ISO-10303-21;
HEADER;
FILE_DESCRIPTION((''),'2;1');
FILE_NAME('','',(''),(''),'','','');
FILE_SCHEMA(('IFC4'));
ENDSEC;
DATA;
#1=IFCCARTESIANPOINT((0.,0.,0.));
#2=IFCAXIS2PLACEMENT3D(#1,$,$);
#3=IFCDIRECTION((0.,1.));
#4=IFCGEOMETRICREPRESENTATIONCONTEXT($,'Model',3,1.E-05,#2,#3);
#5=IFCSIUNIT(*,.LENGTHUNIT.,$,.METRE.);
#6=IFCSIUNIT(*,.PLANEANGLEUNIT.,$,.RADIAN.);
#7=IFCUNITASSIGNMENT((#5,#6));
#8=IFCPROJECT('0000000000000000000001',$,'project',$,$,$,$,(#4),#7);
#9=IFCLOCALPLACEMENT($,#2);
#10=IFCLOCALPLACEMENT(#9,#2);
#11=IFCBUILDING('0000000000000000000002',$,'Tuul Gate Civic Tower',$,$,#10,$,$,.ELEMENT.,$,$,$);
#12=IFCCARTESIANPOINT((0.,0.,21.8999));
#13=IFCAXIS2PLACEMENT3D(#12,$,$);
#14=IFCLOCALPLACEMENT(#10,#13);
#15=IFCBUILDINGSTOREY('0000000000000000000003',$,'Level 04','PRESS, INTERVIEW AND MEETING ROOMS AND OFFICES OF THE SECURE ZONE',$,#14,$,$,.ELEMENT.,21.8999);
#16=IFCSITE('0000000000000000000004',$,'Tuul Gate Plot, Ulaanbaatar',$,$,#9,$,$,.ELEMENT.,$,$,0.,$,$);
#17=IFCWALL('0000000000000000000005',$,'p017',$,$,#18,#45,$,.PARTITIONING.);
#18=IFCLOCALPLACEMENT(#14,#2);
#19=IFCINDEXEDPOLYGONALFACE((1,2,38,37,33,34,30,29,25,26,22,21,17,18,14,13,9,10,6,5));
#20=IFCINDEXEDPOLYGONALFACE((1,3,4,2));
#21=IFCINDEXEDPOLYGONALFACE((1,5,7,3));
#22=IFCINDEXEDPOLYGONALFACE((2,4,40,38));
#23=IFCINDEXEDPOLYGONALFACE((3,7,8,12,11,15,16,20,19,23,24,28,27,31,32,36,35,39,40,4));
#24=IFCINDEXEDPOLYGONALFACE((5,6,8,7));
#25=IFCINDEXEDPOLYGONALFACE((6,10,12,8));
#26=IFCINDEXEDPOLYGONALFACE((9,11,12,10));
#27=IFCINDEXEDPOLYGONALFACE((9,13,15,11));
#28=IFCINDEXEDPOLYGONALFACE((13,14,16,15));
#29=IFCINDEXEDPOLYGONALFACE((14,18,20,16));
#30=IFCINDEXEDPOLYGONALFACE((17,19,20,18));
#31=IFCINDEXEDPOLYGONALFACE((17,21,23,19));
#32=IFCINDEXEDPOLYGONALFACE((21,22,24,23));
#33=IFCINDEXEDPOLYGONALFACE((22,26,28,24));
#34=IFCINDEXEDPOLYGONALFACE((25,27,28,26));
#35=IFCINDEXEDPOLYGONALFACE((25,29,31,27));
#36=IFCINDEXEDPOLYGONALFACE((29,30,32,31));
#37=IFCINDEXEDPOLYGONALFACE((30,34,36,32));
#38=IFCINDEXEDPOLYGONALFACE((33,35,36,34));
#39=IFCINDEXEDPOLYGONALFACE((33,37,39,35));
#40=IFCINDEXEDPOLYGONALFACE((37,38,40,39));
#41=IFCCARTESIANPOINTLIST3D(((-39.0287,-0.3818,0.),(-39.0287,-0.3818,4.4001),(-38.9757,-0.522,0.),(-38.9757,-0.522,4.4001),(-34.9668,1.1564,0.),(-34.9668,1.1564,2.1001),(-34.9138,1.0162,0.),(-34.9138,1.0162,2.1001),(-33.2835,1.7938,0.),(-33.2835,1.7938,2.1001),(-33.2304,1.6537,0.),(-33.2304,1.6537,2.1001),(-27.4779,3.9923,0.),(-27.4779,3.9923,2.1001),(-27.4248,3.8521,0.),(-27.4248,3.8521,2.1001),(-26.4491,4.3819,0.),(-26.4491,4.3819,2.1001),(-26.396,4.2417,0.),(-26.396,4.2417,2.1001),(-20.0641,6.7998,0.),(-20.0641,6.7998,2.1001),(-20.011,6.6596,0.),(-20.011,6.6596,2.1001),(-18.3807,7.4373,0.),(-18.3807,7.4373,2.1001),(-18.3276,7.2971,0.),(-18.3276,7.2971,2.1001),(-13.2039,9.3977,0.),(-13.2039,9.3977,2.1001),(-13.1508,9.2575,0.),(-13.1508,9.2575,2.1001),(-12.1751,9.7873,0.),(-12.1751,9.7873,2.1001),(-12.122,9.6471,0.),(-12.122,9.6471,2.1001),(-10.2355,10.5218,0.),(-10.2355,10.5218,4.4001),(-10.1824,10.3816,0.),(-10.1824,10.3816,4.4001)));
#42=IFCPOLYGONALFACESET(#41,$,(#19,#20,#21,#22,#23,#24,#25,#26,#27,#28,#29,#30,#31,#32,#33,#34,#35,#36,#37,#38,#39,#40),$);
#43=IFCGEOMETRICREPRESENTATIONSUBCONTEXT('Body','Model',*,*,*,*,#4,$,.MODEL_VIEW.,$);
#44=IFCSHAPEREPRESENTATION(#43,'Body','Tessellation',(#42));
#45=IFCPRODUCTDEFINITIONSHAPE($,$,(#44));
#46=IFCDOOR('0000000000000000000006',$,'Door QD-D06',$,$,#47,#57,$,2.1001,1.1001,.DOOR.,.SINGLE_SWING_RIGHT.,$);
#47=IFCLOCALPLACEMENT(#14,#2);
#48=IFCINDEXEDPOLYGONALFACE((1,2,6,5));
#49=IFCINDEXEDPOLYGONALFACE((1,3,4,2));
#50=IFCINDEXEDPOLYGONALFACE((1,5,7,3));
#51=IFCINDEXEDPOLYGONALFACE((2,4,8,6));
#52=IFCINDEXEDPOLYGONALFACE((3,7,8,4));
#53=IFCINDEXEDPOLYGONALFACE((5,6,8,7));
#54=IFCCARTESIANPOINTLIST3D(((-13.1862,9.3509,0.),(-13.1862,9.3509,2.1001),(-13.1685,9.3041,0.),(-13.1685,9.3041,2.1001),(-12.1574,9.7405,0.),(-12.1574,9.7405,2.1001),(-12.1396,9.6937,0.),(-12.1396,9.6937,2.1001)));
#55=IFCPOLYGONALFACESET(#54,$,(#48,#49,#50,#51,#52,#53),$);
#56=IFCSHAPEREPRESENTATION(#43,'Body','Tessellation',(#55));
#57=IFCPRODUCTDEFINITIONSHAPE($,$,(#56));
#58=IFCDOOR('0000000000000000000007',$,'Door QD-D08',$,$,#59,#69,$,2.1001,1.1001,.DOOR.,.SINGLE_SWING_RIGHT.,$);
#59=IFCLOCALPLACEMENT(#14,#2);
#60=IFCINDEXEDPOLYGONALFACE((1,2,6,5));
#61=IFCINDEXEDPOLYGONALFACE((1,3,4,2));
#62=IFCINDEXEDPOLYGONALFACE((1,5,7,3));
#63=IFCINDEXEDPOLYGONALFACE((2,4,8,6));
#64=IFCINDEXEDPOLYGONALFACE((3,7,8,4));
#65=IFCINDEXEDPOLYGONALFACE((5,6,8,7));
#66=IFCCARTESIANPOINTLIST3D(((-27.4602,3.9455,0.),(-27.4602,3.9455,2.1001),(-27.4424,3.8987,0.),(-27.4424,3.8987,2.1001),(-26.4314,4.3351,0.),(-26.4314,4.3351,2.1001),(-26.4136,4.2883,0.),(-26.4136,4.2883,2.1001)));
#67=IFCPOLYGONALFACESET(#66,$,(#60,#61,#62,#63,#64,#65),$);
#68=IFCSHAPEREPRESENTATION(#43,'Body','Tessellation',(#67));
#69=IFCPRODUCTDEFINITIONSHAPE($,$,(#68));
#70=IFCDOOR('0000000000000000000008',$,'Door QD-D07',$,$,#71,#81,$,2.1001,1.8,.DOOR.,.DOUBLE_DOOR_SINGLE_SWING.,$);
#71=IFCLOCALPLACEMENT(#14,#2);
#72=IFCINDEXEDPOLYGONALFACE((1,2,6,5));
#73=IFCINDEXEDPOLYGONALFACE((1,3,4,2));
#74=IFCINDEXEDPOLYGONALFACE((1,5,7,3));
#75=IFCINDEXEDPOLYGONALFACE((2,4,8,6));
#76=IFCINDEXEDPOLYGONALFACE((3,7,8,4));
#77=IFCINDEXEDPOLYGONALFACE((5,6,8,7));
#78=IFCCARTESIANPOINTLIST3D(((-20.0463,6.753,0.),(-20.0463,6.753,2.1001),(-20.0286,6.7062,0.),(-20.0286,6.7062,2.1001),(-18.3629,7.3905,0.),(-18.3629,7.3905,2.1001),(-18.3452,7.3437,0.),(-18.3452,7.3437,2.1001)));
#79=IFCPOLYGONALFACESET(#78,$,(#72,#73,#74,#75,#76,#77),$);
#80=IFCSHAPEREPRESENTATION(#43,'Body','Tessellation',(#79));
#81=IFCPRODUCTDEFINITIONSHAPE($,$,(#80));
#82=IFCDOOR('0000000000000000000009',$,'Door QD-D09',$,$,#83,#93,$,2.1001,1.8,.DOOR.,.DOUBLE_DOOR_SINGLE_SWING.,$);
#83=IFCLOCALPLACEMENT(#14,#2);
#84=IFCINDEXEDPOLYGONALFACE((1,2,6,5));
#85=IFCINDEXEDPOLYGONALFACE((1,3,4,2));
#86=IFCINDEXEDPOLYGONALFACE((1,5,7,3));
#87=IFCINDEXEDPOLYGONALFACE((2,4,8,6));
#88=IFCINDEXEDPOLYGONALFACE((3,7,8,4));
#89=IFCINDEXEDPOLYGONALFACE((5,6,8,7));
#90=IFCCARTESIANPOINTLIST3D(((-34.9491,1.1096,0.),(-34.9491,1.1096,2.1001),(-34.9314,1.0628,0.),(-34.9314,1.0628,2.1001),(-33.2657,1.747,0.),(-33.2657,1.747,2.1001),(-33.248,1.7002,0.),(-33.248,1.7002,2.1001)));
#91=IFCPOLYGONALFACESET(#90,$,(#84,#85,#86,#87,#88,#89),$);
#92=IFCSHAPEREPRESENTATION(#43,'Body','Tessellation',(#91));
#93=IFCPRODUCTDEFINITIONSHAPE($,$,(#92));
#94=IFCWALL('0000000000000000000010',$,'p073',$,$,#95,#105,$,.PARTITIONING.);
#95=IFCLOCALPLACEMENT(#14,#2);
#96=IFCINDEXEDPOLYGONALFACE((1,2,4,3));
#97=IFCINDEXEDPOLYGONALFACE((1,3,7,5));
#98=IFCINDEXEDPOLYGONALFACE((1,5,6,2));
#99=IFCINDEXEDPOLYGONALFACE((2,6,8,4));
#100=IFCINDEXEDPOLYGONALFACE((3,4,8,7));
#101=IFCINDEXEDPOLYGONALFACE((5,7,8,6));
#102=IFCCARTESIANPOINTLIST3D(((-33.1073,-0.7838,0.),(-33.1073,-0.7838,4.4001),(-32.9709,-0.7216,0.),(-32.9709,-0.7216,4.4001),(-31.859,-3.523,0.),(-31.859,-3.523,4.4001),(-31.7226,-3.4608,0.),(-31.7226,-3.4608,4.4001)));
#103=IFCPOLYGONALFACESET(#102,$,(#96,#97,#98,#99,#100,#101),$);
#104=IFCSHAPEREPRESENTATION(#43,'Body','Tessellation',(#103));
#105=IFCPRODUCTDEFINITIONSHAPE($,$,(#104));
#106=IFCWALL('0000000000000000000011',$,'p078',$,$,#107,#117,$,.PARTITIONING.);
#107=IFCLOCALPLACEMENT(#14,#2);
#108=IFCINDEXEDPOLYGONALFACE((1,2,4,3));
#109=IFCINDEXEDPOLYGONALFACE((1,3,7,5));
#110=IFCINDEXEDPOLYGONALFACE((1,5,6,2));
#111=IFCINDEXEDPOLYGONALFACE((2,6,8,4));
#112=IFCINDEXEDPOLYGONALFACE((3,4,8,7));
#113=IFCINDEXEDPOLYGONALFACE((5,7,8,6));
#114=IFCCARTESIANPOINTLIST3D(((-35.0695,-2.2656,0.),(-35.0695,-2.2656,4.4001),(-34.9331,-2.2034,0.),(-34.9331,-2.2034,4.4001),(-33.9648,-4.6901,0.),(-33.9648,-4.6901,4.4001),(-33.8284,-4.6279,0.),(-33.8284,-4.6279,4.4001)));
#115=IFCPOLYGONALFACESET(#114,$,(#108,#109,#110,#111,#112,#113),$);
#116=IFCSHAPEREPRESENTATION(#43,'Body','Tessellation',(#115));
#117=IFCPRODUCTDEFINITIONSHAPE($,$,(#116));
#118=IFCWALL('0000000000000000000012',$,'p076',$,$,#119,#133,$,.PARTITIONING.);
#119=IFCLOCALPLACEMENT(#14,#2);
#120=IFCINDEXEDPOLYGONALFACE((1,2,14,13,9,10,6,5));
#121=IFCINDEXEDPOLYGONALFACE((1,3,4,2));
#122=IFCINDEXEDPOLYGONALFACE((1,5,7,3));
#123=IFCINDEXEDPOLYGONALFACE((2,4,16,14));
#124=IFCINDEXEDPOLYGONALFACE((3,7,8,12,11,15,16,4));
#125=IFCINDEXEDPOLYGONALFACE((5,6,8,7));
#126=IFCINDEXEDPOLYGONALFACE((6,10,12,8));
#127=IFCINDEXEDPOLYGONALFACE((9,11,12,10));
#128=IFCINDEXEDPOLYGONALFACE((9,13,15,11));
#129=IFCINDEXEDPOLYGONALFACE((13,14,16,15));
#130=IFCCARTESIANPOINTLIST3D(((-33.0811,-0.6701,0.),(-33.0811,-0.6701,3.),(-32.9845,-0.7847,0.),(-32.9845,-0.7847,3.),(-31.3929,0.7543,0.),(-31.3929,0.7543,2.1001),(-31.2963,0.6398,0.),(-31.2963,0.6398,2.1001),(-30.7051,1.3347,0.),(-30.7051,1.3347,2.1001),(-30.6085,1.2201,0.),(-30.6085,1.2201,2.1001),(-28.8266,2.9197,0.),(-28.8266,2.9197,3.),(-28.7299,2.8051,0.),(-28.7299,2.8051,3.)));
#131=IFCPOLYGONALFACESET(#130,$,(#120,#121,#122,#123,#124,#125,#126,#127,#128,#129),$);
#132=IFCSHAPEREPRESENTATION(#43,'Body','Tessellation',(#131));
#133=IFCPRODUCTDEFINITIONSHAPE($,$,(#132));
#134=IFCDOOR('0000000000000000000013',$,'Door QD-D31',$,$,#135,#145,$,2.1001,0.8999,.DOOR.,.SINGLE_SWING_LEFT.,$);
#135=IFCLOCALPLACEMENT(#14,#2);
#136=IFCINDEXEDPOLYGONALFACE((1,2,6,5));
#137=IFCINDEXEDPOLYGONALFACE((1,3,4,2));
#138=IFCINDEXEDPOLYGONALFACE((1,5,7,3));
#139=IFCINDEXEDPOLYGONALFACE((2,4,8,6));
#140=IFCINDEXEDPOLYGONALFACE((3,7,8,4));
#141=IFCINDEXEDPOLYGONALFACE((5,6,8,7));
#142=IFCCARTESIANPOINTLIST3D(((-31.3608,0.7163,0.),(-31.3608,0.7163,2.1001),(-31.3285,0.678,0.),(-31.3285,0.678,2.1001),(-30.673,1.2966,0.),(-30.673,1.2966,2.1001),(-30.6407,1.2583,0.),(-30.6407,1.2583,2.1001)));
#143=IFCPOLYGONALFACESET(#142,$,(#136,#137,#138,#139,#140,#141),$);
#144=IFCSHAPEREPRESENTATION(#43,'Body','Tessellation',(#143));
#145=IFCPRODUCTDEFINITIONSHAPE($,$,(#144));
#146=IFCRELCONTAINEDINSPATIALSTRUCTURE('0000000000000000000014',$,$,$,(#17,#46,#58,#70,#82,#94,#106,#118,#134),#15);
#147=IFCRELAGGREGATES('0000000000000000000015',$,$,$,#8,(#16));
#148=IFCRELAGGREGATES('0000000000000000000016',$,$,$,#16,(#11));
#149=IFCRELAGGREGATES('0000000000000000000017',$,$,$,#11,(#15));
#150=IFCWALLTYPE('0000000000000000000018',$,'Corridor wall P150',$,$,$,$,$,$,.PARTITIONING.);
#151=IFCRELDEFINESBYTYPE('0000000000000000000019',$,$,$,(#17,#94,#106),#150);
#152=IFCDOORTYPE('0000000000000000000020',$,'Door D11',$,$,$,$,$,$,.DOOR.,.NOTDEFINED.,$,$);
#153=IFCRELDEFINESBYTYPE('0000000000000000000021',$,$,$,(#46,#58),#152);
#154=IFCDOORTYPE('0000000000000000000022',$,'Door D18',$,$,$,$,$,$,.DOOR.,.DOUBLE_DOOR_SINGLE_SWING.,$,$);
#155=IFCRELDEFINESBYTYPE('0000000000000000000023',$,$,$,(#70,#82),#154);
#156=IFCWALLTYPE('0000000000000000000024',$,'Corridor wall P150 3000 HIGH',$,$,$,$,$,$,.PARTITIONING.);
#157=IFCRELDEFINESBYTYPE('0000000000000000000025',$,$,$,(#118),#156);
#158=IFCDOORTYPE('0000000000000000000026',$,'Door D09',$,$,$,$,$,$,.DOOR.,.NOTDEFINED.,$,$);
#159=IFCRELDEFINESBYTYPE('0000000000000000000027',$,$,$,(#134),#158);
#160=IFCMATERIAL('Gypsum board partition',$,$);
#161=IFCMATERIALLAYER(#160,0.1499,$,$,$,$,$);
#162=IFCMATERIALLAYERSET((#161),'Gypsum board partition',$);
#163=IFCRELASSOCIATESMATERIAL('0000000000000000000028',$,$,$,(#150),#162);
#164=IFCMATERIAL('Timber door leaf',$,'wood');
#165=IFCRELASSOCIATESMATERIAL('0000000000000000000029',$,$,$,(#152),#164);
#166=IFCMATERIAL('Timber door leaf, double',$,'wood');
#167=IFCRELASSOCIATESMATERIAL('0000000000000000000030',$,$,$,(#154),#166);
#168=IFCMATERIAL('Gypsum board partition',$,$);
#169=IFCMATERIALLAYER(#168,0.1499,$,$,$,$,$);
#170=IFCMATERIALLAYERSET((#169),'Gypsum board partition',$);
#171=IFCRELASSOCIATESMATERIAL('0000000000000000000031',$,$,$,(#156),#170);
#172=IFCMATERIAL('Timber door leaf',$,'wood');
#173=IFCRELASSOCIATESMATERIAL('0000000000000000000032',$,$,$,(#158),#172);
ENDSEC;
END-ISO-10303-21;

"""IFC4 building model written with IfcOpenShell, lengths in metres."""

from ifc_helpers import new_model, si_unit, direction, frame, frame_2d, origin, place, context, subcontext, project, spatial, rectangle, extrude, material, layer, layer_set, type_object, element, fill, save


model = new_model("IFC4")

# Units and contexts
model_context = context("Model", 3, precision=1e-05, world=origin(), true_north=direction((0.0, 1.0)))
body_context = subcontext(model_context, "Body", "Model", "MODEL_VIEW")
ifc_project = project(units=[si_unit("LENGTHUNIT", "METRE"), si_unit("PLANEANGLEUNIT", "RADIAN")], contexts=[model_context])

# Site, building, storey
site_placement = place(None, origin())
site = spatial("IfcSite", under=ifc_project, at=site_placement, Name="Tuul Gate Plot, Ulaanbaatar", CompositionType="ELEMENT", RefElevation=0.0)
building_placement = place(site_placement, origin())
building = spatial("IfcBuilding", under=site, at=building_placement, Name="Tuul Gate Civic Tower", CompositionType="ELEMENT")
storey_placement = place(building_placement, frame((0.0, 0.0, 21.8999)))
storey = spatial("IfcBuildingStorey", under=building, at=storey_placement, Name="Level 04", Description="PRESS, INTERVIEW AND MEETING ROOMS AND OFFICES OF THE SECURE ZONE", CompositionType="ELEMENT", Elevation=21.8999)

# Wall, openings, doors
ifc_material_1 = material(Name="Gypsum board partition")
ifc_layer_1 = layer(ifc_material_1, 0.1499)
ifc_layer_set_1 = layer_set([ifc_layer_1], Name="Gypsum board partition")
wall_type_1 = type_object("IfcWallType", Name="Corridor wall P150", PredefinedType="PARTITIONING", material=ifc_layer_set_1)
wall_1_placement = place(storey_placement, frame((-39.0022, -0.4519, 0.0), z_axis=(0.0, 0.0, 1.0), x_axis=(0.935191, 0.354143, 0.0)))
wall_1 = element("IfcWall", 1, at=wall_1_placement, inside=storey, type_object=wall_type_1, Name="p017", PredefinedType="PARTITIONING", context=body_context, shape_type="SweptSolid", body=[
    extrude(rectangle(XDim=30.7886, YDim=0.1499, at=frame_2d((15.3943, 0.0))), origin(), (0.0, 0.0, 1.0), 4.4001),
])
opening_1_placement = place(wall_1_placement, frame((27.6145, 0.0, 0.0)))
opening_1 = element("IfcOpeningElement", 2, at=opening_1_placement, cuts=wall_1, PredefinedType="OPENING", context=body_context, shape_type="SweptSolid", body=[
    extrude(rectangle(XDim=1.1001, YDim=2.1001, at=frame_2d((0.55, 1.05))), frame((0.0, 0.085, 0.0), z_axis=(0.0, -1.0, 0.0), x_axis=(1.0, 0.0, 0.0)), (0.0, 0.0, 1.0), 0.1699),
])
opening_2_placement = place(wall_1_placement, frame((20.2791, 0.0, 0.0)))
opening_2 = element("IfcOpeningElement", 3, at=opening_2_placement, cuts=wall_1, PredefinedType="OPENING", context=body_context, shape_type="SweptSolid", body=[
    extrude(rectangle(XDim=1.8, YDim=2.1001, at=frame_2d((0.8999, 1.05))), frame((0.0, 0.085, 0.0), z_axis=(0.0, -1.0, 0.0), x_axis=(1.0, 0.0, 0.0)), (0.0, 0.0, 1.0), 0.1699),
])
opening_3_placement = place(wall_1_placement, frame((12.3513, 0.0, 0.0)))
opening_3 = element("IfcOpeningElement", 4, at=opening_3_placement, cuts=wall_1, PredefinedType="OPENING", context=body_context, shape_type="SweptSolid", body=[
    extrude(rectangle(XDim=1.1001, YDim=2.1001, at=frame_2d((0.55, 1.05))), frame((0.0, 0.085, 0.0), z_axis=(0.0, -1.0, 0.0), x_axis=(1.0, 0.0, 0.0)), (0.0, 0.0, 1.0), 0.1699),
])
opening_4_placement = place(wall_1_placement, frame((4.3435, 0.0, 0.0)))
opening_4 = element("IfcOpeningElement", 5, at=opening_4_placement, cuts=wall_1, PredefinedType="OPENING", context=body_context, shape_type="SweptSolid", body=[
    extrude(rectangle(XDim=1.8, YDim=2.1001, at=frame_2d((0.8999, 1.05))), frame((0.0, 0.085, 0.0), z_axis=(0.0, -1.0, 0.0), x_axis=(1.0, 0.0, 0.0)), (0.0, 0.0, 1.0), 0.1699),
])
ifc_material_2 = material(Name="Timber door leaf", Category="wood")
door_type_1 = type_object("IfcDoorType", Name="Door D11", OperationType="NOTDEFINED", PredefinedType="DOOR", material=ifc_material_2)
door_1_placement = place(opening_1_placement, origin())
door_1 = element("IfcDoor", 6, at=door_1_placement, inside=storey, type_object=door_type_1, Name="Door QD-D06", OperationType="SINGLE_SWING_RIGHT", OverallHeight=2.1001, OverallWidth=1.1001, PredefinedType="DOOR", context=body_context, shape_type="SweptSolid", body=[
    extrude(rectangle(XDim=1.1001, YDim=2.1001, at=frame_2d((0.55, 1.05))), frame((0.0, 0.0249, 0.0), z_axis=(0.0, -1.0, 0.0), x_axis=(1.0, 0.0, 0.0)), (0.0, 0.0, 1.0), 0.05),
])
fill(opening_1, door_1)
door_2_placement = place(opening_3_placement, origin())
door_2 = element("IfcDoor", 7, at=door_2_placement, inside=storey, type_object=door_type_1, Name="Door QD-D08", OperationType="SINGLE_SWING_RIGHT", OverallHeight=2.1001, OverallWidth=1.1001, PredefinedType="DOOR", context=body_context, shape_type="SweptSolid", body=[
    extrude(rectangle(XDim=1.1001, YDim=2.1001, at=frame_2d((0.55, 1.05))), frame((0.0, 0.0249, 0.0), z_axis=(0.0, -1.0, 0.0), x_axis=(1.0, 0.0, 0.0)), (0.0, 0.0, 1.0), 0.05),
])
fill(opening_3, door_2)
ifc_material_3 = material(Name="Timber door leaf, double", Category="wood")
door_type_2 = type_object("IfcDoorType", Name="Door D18", OperationType="DOUBLE_DOOR_SINGLE_SWING", PredefinedType="DOOR", material=ifc_material_3)
door_3_placement = place(opening_2_placement, origin())
door_3 = element("IfcDoor", 8, at=door_3_placement, inside=storey, type_object=door_type_2, Name="Door QD-D07", OperationType="DOUBLE_DOOR_SINGLE_SWING", OverallHeight=2.1001, OverallWidth=1.8, PredefinedType="DOOR", context=body_context, shape_type="SweptSolid", body=[
    extrude(rectangle(XDim=1.8, YDim=2.1001, at=frame_2d((0.8999, 1.05))), frame((0.0, 0.0249, 0.0), z_axis=(0.0, -1.0, 0.0), x_axis=(1.0, 0.0, 0.0)), (0.0, 0.0, 1.0), 0.05),
])
fill(opening_2, door_3)
door_4_placement = place(opening_4_placement, origin())
door_4 = element("IfcDoor", 9, at=door_4_placement, inside=storey, type_object=door_type_2, Name="Door QD-D09", OperationType="DOUBLE_DOOR_SINGLE_SWING", OverallHeight=2.1001, OverallWidth=1.8, PredefinedType="DOOR", context=body_context, shape_type="SweptSolid", body=[
    extrude(rectangle(XDim=1.8, YDim=2.1001, at=frame_2d((0.8999, 1.05))), frame((0.0, 0.0249, 0.0), z_axis=(0.0, -1.0, 0.0), x_axis=(1.0, 0.0, 0.0)), (0.0, 0.0, 1.0), 0.05),
])
fill(opening_4, door_4)

# Walls
wall_2_placement = place(storey_placement, frame((-33.0391, -0.7527, 0.0), z_axis=(0.0, 0.0, 1.0), x_axis=(0.414677, -0.909969, 0.0)))
element("IfcWall", 10, at=wall_2_placement, inside=storey, type_object=wall_type_1, Name="p073", PredefinedType="PARTITIONING", context=body_context, shape_type="SweptSolid", body=[
    extrude(rectangle(XDim=3.0103, YDim=0.1499, at=frame_2d((1.5051, 0.0))), origin(), (0.0, 0.0, 1.0), 4.4001),
])
wall_3_placement = place(storey_placement, frame((-35.0012, -2.2346, 0.0), z_axis=(0.0, 0.0, 1.0), x_axis=(0.414631, -0.90999, 0.0)))
element("IfcWall", 11, at=wall_3_placement, inside=storey, type_object=wall_type_1, Name="p078", PredefinedType="PARTITIONING", context=body_context, shape_type="SweptSolid", body=[
    extrude(rectangle(XDim=2.6643, YDim=0.1499, at=frame_2d((1.332, 0.0))), origin(), (0.0, 0.0, 1.0), 4.4001),
])

# Wall, opening, door
ifc_material_4 = material(Name="Gypsum board partition")
ifc_layer_2 = layer(ifc_material_4, 0.1499)
ifc_layer_set_2 = layer_set([ifc_layer_2], Name="Gypsum board partition")
wall_type_2 = type_object("IfcWallType", Name="Corridor wall P150 3000 HIGH", PredefinedType="PARTITIONING", material=ifc_layer_set_2)
wall_4_placement = place(storey_placement, frame((-33.0327, -0.7273, 0.0), z_axis=(0.0, 0.0, 1.0), x_axis=(0.764292, 0.64487, 0.0)))
wall_4 = element("IfcWall", 12, at=wall_4_placement, inside=storey, type_object=wall_type_2, Name="p076", PredefinedType="PARTITIONING", context=body_context, shape_type="SweptSolid", body=[
    extrude(rectangle(XDim=5.5667, YDim=0.1499, at=frame_2d((2.7832, 0.0))), origin(), (0.0, 0.0, 1.0), 3.0),
])
opening_5_placement = place(wall_4_placement, frame((2.2087, 0.0, 0.0)))
opening_5 = element("IfcOpeningElement", 13, at=opening_5_placement, cuts=wall_4, PredefinedType="OPENING", context=body_context, shape_type="SweptSolid", body=[
    extrude(rectangle(XDim=0.8999, YDim=2.1001, at=frame_2d((0.45, 1.05))), frame((0.0, 0.085, 0.0), z_axis=(0.0, -1.0, 0.0), x_axis=(1.0, 0.0, 0.0)), (0.0, 0.0, 1.0), 0.1699),
])
ifc_material_5 = material(Name="Timber door leaf", Category="wood")
door_type_3 = type_object("IfcDoorType", Name="Door D09", OperationType="NOTDEFINED", PredefinedType="DOOR", material=ifc_material_5)
door_5_placement = place(opening_5_placement, frame((0.8999, 0.0, 0.0), z_axis=(0.0, 0.0, 1.0), x_axis=(-1.0, 0.0, 0.0)))
door_5 = element("IfcDoor", 14, at=door_5_placement, inside=storey, type_object=door_type_3, Name="Door QD-D31", OperationType="SINGLE_SWING_LEFT", OverallHeight=2.1001, OverallWidth=0.8999, PredefinedType="DOOR", context=body_context, shape_type="SweptSolid", body=[
    extrude(rectangle(XDim=0.8999, YDim=2.1001, at=frame_2d((0.45, 1.05))), frame((0.0, 0.0249, 0.0), z_axis=(0.0, -1.0, 0.0), x_axis=(1.0, 0.0, 0.0)), (0.0, 0.0, 1.0), 0.05),
])
fill(opening_5, door_5)

save(model, "model.ifc")
